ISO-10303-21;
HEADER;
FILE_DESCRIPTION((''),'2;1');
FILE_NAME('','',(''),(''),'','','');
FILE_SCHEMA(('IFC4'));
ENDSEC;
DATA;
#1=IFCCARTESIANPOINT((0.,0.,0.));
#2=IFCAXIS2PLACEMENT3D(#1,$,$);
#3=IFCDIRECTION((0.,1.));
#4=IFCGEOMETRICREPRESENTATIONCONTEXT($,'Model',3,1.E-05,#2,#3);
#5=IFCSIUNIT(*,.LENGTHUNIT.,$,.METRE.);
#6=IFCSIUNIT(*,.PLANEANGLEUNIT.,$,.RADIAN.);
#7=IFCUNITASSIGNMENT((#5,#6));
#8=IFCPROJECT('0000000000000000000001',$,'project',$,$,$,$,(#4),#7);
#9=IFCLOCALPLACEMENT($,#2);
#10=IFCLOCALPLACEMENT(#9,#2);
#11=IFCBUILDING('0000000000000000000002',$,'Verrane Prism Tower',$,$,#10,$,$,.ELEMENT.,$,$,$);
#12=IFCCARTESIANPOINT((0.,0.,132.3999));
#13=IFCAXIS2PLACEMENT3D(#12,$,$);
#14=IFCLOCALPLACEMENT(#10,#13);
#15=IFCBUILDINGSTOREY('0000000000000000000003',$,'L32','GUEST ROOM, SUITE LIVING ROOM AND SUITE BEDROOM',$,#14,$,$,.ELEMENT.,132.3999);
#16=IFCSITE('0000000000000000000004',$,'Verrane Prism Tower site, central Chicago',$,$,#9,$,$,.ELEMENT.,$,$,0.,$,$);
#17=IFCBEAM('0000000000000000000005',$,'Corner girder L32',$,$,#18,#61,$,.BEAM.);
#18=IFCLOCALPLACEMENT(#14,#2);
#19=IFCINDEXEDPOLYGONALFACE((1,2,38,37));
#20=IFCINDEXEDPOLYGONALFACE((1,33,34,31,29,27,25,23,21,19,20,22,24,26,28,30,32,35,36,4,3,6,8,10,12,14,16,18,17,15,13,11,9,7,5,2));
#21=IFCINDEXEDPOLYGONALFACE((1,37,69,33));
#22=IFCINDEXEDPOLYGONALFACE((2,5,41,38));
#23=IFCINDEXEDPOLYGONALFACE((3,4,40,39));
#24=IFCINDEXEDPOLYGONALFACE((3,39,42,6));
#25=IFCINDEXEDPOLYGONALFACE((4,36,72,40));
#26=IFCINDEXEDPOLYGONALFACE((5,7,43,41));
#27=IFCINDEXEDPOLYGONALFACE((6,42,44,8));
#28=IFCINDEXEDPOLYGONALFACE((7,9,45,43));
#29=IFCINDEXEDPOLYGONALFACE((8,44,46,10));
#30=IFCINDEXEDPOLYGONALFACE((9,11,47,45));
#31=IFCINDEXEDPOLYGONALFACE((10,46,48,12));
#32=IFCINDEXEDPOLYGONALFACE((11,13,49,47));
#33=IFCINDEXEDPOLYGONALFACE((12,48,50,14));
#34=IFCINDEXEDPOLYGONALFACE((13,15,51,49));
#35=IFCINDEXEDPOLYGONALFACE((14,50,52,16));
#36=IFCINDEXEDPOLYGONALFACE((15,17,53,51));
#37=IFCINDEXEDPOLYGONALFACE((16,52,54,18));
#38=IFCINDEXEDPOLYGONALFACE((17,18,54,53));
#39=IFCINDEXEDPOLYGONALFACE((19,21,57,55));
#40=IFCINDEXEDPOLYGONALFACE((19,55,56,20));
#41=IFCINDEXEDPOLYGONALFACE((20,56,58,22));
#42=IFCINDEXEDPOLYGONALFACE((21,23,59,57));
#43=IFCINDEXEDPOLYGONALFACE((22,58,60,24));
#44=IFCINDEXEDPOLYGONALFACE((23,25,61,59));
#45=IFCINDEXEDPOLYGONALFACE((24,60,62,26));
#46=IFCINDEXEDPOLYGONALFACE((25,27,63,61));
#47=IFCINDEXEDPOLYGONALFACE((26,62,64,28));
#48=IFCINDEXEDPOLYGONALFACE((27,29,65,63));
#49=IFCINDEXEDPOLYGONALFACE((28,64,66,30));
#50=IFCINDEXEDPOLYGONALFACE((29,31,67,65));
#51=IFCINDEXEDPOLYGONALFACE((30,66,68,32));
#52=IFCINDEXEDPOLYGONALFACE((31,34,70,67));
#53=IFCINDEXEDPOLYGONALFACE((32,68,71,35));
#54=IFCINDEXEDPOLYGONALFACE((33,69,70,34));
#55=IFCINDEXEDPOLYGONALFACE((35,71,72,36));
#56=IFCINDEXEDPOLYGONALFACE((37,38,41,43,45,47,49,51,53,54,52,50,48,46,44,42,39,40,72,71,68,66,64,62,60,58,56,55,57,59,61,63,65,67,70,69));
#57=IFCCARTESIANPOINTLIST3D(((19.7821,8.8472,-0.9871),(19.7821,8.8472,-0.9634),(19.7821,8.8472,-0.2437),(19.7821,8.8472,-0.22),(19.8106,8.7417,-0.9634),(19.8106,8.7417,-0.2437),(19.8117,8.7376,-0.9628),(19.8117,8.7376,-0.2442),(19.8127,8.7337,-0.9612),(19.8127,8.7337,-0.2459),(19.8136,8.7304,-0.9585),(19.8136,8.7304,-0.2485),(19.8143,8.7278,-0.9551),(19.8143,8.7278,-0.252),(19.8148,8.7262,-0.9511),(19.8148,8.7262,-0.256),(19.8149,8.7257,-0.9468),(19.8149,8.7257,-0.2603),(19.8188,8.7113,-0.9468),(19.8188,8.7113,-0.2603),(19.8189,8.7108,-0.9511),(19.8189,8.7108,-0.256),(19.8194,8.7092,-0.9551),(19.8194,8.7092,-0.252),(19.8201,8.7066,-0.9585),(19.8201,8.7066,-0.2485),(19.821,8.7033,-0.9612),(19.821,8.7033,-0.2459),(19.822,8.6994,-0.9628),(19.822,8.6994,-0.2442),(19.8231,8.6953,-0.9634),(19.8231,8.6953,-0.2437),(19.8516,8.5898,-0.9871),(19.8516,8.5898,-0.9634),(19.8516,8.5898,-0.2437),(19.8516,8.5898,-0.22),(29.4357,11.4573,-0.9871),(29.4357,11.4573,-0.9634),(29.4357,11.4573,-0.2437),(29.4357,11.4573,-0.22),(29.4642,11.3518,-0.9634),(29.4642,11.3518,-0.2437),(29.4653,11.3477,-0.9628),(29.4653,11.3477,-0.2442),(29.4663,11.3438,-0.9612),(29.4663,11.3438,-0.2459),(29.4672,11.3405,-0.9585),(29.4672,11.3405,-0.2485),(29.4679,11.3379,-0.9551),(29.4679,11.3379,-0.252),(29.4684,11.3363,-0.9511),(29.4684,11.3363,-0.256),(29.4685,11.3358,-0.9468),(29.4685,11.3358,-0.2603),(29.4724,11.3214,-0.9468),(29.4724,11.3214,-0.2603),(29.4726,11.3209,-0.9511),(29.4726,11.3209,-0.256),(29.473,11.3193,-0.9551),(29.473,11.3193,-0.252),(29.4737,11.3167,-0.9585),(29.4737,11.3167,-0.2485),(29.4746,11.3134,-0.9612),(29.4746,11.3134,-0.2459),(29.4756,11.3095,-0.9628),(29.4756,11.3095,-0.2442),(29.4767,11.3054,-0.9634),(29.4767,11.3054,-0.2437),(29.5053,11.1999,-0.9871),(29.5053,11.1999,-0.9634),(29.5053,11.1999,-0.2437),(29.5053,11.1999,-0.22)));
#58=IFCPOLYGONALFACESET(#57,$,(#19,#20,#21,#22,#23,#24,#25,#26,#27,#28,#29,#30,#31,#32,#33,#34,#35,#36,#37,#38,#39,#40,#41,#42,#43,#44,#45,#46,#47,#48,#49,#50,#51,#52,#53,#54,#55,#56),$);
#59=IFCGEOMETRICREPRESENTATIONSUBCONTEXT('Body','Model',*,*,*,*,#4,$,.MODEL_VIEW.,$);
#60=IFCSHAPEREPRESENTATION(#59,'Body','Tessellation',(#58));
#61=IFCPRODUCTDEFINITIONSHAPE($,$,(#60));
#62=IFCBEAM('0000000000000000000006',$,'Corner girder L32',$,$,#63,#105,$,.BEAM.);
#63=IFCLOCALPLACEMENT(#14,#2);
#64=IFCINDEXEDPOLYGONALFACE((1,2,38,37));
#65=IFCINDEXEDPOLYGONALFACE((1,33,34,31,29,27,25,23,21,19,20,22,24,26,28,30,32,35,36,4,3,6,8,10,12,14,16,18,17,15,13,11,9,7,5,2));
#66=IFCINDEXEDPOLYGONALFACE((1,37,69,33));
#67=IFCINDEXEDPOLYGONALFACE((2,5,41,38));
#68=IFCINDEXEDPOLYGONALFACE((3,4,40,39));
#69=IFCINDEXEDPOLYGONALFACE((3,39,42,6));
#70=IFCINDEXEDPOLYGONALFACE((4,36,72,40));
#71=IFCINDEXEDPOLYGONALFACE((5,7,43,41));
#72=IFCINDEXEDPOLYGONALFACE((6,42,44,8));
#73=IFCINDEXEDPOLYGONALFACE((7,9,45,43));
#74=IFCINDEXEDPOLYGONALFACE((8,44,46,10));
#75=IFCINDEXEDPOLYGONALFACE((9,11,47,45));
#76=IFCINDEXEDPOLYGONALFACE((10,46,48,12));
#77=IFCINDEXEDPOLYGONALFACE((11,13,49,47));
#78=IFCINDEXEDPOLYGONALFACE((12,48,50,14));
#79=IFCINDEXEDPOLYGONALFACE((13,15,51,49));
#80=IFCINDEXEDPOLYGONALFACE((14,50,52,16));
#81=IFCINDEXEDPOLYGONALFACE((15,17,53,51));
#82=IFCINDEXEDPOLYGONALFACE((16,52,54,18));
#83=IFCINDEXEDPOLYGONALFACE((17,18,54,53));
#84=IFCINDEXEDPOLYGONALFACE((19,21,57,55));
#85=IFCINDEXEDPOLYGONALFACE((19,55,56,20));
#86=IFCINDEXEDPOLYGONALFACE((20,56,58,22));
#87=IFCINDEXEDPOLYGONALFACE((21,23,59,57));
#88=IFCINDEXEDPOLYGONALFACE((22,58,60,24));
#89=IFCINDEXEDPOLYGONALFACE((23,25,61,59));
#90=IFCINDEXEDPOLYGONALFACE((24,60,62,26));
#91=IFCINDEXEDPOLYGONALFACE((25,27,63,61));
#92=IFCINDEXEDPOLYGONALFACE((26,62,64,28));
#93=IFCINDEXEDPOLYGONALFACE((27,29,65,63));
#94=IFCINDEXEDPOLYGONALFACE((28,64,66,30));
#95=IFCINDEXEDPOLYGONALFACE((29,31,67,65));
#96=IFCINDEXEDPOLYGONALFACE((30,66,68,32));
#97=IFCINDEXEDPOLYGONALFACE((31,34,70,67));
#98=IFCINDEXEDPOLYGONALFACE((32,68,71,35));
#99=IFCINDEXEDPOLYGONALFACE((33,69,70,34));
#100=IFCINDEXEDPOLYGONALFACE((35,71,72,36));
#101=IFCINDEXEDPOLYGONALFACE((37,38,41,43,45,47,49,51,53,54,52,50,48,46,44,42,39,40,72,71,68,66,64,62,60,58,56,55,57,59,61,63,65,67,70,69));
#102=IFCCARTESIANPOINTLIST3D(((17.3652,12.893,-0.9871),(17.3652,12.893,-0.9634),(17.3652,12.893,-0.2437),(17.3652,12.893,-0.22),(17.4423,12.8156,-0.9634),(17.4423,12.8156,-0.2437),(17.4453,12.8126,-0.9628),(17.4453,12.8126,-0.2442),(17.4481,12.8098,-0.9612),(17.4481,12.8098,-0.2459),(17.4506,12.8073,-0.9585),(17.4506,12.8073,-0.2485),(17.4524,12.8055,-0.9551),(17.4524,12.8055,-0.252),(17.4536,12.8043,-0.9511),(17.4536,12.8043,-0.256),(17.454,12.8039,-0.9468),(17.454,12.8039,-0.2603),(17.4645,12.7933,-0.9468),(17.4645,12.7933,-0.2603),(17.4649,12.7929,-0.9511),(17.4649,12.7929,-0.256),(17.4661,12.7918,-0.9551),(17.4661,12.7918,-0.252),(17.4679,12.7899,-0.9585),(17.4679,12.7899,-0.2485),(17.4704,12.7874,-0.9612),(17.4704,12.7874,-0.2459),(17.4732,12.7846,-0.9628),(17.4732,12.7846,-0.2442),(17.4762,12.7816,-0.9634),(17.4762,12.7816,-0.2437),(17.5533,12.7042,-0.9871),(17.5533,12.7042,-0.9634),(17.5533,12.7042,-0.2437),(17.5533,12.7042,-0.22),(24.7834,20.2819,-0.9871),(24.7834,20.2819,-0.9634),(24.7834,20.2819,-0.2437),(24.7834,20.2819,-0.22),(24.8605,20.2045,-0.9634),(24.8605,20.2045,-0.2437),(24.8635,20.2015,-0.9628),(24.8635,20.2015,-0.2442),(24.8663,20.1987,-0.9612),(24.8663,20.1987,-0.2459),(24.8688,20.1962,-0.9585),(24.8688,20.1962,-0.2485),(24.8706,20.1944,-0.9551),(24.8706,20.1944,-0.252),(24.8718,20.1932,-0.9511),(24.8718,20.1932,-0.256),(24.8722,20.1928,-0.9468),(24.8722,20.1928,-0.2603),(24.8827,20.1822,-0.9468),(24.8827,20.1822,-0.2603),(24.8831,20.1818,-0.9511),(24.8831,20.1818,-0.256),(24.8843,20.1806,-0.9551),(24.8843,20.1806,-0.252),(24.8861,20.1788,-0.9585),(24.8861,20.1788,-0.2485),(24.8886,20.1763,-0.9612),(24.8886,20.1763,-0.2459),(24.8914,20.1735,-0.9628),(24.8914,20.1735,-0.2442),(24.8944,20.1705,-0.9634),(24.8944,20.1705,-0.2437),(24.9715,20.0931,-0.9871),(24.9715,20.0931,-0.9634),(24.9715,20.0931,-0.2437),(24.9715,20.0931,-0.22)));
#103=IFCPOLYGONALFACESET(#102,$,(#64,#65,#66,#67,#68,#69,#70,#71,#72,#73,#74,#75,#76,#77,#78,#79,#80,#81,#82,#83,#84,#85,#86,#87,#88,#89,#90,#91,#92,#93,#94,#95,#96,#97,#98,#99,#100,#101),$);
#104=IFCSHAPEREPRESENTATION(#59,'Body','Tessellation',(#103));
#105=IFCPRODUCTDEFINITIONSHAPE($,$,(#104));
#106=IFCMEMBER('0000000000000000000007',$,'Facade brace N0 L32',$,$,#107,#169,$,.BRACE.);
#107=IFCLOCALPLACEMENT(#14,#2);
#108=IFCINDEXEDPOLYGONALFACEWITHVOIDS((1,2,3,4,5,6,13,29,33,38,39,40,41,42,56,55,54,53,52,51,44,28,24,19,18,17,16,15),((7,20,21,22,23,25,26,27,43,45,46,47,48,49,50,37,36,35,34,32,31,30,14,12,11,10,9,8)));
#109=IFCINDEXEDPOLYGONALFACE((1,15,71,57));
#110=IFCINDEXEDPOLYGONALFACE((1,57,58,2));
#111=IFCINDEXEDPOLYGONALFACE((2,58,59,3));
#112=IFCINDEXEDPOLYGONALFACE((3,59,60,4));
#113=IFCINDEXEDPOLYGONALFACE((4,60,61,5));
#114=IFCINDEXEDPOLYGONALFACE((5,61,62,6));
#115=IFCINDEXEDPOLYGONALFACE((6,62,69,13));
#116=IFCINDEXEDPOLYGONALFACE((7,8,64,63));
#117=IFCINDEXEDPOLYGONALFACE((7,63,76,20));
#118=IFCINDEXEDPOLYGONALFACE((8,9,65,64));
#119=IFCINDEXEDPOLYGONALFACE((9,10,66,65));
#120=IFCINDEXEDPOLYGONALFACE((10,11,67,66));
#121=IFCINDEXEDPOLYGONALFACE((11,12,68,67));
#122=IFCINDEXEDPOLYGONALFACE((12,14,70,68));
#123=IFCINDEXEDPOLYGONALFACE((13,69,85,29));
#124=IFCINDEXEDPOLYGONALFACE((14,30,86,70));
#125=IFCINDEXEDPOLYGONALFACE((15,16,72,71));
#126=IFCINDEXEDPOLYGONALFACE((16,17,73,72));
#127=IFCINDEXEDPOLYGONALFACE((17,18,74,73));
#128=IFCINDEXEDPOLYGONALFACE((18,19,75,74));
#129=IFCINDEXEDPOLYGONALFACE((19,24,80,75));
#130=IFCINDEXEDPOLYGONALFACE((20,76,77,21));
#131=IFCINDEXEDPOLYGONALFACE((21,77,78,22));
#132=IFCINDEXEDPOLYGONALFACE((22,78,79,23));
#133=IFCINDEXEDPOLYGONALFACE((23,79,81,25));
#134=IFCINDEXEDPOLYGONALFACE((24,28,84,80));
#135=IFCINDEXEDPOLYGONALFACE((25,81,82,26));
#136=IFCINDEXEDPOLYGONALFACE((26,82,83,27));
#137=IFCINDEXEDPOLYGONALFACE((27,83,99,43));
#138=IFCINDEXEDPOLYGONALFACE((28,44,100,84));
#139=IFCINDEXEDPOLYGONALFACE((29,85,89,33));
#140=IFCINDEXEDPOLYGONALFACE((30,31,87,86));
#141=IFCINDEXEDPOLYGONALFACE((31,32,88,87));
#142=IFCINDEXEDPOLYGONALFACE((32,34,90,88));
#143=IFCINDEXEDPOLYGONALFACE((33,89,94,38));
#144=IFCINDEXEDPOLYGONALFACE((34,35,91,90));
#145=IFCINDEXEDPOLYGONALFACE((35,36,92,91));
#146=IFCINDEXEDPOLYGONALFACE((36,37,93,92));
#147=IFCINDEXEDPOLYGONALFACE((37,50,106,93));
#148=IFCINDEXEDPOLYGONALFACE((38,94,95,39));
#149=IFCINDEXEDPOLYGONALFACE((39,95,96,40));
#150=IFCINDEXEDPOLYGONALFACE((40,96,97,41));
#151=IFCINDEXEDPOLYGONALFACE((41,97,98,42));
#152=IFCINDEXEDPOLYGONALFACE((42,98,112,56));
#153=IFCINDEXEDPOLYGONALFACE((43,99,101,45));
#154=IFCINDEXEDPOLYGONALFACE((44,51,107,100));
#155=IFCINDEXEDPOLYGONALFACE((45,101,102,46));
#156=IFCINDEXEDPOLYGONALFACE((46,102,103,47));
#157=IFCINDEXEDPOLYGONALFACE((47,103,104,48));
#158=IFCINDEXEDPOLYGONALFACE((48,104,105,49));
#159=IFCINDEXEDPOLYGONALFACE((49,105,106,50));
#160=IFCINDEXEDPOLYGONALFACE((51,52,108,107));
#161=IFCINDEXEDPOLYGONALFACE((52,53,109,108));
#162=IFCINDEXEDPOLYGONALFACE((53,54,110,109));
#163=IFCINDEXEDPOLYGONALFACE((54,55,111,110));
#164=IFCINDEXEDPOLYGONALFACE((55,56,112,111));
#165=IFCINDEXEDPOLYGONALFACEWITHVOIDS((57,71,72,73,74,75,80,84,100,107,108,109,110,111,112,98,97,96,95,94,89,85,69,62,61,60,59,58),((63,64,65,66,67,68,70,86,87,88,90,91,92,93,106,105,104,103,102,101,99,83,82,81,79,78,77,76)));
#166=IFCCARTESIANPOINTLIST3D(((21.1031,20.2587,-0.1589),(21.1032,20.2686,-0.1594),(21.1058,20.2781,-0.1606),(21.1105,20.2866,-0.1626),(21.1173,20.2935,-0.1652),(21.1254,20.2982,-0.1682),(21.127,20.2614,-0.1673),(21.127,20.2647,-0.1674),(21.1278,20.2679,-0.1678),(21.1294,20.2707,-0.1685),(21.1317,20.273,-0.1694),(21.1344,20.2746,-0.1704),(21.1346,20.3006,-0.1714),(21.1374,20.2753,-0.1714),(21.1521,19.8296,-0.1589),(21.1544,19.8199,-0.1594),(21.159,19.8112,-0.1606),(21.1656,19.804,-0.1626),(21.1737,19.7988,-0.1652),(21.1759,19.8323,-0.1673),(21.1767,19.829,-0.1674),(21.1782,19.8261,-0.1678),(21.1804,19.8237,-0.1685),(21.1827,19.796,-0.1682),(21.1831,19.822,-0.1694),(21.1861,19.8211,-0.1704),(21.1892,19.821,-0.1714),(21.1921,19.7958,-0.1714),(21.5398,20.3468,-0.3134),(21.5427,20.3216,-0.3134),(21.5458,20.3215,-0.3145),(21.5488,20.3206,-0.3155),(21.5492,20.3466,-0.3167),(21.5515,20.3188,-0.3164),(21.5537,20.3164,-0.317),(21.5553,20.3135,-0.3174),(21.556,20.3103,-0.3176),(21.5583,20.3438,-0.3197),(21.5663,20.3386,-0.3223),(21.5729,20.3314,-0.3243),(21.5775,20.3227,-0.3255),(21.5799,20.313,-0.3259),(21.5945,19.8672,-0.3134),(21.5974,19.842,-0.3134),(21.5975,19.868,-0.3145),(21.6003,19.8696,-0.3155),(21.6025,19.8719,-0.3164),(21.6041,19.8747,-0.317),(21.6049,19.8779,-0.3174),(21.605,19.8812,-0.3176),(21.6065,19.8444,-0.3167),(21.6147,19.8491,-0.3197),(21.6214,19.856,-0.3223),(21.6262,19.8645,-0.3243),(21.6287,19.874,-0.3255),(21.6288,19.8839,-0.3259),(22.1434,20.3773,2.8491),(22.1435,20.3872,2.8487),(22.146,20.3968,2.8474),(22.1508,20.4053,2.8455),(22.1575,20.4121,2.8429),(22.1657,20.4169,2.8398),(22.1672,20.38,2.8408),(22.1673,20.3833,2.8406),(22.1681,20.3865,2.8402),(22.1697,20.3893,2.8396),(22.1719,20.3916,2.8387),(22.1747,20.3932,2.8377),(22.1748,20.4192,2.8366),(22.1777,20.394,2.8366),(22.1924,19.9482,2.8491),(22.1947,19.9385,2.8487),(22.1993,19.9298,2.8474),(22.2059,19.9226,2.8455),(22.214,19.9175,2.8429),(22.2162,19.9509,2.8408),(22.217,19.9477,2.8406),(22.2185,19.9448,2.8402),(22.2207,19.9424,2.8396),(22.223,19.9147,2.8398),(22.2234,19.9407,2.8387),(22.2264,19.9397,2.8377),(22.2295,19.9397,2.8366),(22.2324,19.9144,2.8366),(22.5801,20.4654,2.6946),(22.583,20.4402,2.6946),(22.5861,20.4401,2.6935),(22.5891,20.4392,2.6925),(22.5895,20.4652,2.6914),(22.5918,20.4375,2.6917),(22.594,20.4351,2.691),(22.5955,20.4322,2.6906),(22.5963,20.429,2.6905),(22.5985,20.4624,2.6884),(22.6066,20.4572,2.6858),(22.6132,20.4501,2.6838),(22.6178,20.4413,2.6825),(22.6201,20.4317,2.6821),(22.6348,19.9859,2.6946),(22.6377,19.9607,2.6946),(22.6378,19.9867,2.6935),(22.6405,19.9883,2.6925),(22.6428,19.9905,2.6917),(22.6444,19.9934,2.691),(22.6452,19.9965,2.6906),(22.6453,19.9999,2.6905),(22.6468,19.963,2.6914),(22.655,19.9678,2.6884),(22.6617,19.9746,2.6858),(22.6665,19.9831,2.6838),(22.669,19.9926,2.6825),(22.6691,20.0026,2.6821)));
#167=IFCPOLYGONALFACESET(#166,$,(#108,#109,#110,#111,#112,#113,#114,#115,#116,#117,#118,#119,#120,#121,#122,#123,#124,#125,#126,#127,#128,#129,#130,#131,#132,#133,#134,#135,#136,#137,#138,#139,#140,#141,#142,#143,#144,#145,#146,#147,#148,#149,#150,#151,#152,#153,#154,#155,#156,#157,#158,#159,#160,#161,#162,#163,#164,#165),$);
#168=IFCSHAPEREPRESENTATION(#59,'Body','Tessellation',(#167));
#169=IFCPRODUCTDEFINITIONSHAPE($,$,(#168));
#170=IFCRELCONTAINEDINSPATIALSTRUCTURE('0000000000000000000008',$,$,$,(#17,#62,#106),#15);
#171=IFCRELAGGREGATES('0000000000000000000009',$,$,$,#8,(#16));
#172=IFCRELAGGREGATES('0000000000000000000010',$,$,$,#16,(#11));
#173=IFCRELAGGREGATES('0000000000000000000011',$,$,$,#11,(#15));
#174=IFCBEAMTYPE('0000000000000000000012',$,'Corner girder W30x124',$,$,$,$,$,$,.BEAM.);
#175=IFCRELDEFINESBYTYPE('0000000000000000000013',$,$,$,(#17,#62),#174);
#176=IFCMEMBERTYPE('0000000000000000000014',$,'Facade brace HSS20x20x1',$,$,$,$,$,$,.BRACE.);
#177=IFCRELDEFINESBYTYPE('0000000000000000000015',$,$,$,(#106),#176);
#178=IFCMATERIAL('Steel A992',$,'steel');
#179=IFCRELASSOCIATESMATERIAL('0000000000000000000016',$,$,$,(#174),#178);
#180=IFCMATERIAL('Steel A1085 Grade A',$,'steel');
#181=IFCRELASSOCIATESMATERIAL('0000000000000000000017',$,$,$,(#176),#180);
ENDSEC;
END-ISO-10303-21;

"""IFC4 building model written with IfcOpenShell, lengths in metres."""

from ifc_helpers import new_model, si_unit, direction, frame, origin, origin_2d, place, context, subcontext, project, spatial, hollow_rectangle, i_section, extrude, material, material_profile, profile_set, type_object, element, save


model = new_model("IFC4")

# Units and contexts
model_context = context("Model", 3, precision=1e-05, world=origin(), true_north=direction((0.0, 1.0)))
body_context = subcontext(model_context, "Body", "Model", "MODEL_VIEW")
ifc_project = project(units=[si_unit("LENGTHUNIT", "METRE"), si_unit("PLANEANGLEUNIT", "RADIAN")], contexts=[model_context])

# Site, building, storey
site_placement = place(None, origin())
site = spatial("IfcSite", under=ifc_project, at=site_placement, Name="Verrane Prism Tower site, central Chicago", CompositionType="ELEMENT", RefElevation=0.0)
building_placement = place(site_placement, origin())
building = spatial("IfcBuilding", under=site, at=building_placement, Name="Verrane Prism Tower", CompositionType="ELEMENT")
storey_placement = place(building_placement, frame((0.0, 0.0, 132.3999)))
storey = spatial("IfcBuildingStorey", under=building, at=storey_placement, Name="L32", Description="GUEST ROOM, SUITE LIVING ROOM AND SUITE BEDROOM", CompositionType="ELEMENT", Elevation=132.3999)

# Beams
ifc_material_1 = material(Name="Steel A992", Category="steel")
ifc_material_profile_1 = material_profile(ifc_material_1, i_section(OverallWidth=0.2666, OverallDepth=0.7671, WebThickness=0.0149, FlangeThickness=0.0237, FilletRadius=0.0166, at=origin_2d()), Name="W30x124")
ifc_profile_set_1 = profile_set([ifc_material_profile_1], Name="Steel A992")
beam_type_1 = type_object("IfcBeamType", Name="Corner girder W30x124", PredefinedType="BEAM", material=ifc_profile_set_1)
beam_1_placement = place(storey_placement, frame((29.4705, 11.3286, -0.6035), z_axis=(-0.965337, -0.261006, 0.0), x_axis=(0.261006, -0.965337, 0.0)))
element("IfcBeam", 1, at=beam_1_placement, inside=storey, type_object=beam_type_1, Name="Corner girder L32", PredefinedType="BEAM", context=body_context, shape_type="SweptSolid", body=[
    extrude(i_section(OverallWidth=0.2666, OverallDepth=0.7671, WebThickness=0.0149, FlangeThickness=0.0237, FilletRadius=0.0166, at=origin_2d()), origin(), (0.0, 0.0, 1.0), 10.0002),
])
beam_2_placement = place(storey_placement, frame((24.8774, 20.1875, -0.6035), z_axis=(-0.708504, -0.705706, 0.0), x_axis=(0.705706, -0.708504, 0.0)))
element("IfcBeam", 2, at=beam_2_placement, inside=storey, type_object=beam_type_1, Name="Corner girder L32", PredefinedType="BEAM", context=body_context, shape_type="SweptSolid", body=[
    extrude(i_section(OverallWidth=0.2666, OverallDepth=0.7671, WebThickness=0.0149, FlangeThickness=0.0237, FilletRadius=0.0166, at=origin_2d()), origin(), (0.0, 0.0, 1.0), 10.4702),
])

# Member
ifc_material_2 = material(Name="Steel A1085 Grade A", Category="steel")
ifc_material_profile_2 = material_profile(ifc_material_2, hollow_rectangle(XDim=0.5081, YDim=0.5081, WallThickness=0.0254, InnerFilletRadius=0.0127, OuterFilletRadius=0.0381, at=origin_2d()), Name="HSS20x20x1")
ifc_profile_set_2 = profile_set([ifc_material_profile_2], Name="Steel A1085 Grade A")
member_type_1 = type_object("IfcMemberType", Name="Facade brace HSS20x20x1", PredefinedType="BRACE", material=ifc_profile_set_2)
member_1_placement = place(storey_placement, frame((21.366, 20.0713, -0.2424), z_axis=(0.326612, 0.037253, 0.944424), x_axis=(-0.113323, 0.993558, 0.0)))
element("IfcMember", 3, at=member_1_placement, inside=storey, type_object=member_type_1, Name="Facade brace N0 L32", PredefinedType="BRACE", context=body_context, shape_type="SweptSolid", body=[
    extrude(hollow_rectangle(XDim=0.5081, YDim=0.5081, WallThickness=0.0254, InnerFilletRadius=0.0127, OuterFilletRadius=0.0381, at=origin_2d()), origin(), (0.0, 0.0, 1.0), 3.1851),
])

save(model, "model.ifc")
